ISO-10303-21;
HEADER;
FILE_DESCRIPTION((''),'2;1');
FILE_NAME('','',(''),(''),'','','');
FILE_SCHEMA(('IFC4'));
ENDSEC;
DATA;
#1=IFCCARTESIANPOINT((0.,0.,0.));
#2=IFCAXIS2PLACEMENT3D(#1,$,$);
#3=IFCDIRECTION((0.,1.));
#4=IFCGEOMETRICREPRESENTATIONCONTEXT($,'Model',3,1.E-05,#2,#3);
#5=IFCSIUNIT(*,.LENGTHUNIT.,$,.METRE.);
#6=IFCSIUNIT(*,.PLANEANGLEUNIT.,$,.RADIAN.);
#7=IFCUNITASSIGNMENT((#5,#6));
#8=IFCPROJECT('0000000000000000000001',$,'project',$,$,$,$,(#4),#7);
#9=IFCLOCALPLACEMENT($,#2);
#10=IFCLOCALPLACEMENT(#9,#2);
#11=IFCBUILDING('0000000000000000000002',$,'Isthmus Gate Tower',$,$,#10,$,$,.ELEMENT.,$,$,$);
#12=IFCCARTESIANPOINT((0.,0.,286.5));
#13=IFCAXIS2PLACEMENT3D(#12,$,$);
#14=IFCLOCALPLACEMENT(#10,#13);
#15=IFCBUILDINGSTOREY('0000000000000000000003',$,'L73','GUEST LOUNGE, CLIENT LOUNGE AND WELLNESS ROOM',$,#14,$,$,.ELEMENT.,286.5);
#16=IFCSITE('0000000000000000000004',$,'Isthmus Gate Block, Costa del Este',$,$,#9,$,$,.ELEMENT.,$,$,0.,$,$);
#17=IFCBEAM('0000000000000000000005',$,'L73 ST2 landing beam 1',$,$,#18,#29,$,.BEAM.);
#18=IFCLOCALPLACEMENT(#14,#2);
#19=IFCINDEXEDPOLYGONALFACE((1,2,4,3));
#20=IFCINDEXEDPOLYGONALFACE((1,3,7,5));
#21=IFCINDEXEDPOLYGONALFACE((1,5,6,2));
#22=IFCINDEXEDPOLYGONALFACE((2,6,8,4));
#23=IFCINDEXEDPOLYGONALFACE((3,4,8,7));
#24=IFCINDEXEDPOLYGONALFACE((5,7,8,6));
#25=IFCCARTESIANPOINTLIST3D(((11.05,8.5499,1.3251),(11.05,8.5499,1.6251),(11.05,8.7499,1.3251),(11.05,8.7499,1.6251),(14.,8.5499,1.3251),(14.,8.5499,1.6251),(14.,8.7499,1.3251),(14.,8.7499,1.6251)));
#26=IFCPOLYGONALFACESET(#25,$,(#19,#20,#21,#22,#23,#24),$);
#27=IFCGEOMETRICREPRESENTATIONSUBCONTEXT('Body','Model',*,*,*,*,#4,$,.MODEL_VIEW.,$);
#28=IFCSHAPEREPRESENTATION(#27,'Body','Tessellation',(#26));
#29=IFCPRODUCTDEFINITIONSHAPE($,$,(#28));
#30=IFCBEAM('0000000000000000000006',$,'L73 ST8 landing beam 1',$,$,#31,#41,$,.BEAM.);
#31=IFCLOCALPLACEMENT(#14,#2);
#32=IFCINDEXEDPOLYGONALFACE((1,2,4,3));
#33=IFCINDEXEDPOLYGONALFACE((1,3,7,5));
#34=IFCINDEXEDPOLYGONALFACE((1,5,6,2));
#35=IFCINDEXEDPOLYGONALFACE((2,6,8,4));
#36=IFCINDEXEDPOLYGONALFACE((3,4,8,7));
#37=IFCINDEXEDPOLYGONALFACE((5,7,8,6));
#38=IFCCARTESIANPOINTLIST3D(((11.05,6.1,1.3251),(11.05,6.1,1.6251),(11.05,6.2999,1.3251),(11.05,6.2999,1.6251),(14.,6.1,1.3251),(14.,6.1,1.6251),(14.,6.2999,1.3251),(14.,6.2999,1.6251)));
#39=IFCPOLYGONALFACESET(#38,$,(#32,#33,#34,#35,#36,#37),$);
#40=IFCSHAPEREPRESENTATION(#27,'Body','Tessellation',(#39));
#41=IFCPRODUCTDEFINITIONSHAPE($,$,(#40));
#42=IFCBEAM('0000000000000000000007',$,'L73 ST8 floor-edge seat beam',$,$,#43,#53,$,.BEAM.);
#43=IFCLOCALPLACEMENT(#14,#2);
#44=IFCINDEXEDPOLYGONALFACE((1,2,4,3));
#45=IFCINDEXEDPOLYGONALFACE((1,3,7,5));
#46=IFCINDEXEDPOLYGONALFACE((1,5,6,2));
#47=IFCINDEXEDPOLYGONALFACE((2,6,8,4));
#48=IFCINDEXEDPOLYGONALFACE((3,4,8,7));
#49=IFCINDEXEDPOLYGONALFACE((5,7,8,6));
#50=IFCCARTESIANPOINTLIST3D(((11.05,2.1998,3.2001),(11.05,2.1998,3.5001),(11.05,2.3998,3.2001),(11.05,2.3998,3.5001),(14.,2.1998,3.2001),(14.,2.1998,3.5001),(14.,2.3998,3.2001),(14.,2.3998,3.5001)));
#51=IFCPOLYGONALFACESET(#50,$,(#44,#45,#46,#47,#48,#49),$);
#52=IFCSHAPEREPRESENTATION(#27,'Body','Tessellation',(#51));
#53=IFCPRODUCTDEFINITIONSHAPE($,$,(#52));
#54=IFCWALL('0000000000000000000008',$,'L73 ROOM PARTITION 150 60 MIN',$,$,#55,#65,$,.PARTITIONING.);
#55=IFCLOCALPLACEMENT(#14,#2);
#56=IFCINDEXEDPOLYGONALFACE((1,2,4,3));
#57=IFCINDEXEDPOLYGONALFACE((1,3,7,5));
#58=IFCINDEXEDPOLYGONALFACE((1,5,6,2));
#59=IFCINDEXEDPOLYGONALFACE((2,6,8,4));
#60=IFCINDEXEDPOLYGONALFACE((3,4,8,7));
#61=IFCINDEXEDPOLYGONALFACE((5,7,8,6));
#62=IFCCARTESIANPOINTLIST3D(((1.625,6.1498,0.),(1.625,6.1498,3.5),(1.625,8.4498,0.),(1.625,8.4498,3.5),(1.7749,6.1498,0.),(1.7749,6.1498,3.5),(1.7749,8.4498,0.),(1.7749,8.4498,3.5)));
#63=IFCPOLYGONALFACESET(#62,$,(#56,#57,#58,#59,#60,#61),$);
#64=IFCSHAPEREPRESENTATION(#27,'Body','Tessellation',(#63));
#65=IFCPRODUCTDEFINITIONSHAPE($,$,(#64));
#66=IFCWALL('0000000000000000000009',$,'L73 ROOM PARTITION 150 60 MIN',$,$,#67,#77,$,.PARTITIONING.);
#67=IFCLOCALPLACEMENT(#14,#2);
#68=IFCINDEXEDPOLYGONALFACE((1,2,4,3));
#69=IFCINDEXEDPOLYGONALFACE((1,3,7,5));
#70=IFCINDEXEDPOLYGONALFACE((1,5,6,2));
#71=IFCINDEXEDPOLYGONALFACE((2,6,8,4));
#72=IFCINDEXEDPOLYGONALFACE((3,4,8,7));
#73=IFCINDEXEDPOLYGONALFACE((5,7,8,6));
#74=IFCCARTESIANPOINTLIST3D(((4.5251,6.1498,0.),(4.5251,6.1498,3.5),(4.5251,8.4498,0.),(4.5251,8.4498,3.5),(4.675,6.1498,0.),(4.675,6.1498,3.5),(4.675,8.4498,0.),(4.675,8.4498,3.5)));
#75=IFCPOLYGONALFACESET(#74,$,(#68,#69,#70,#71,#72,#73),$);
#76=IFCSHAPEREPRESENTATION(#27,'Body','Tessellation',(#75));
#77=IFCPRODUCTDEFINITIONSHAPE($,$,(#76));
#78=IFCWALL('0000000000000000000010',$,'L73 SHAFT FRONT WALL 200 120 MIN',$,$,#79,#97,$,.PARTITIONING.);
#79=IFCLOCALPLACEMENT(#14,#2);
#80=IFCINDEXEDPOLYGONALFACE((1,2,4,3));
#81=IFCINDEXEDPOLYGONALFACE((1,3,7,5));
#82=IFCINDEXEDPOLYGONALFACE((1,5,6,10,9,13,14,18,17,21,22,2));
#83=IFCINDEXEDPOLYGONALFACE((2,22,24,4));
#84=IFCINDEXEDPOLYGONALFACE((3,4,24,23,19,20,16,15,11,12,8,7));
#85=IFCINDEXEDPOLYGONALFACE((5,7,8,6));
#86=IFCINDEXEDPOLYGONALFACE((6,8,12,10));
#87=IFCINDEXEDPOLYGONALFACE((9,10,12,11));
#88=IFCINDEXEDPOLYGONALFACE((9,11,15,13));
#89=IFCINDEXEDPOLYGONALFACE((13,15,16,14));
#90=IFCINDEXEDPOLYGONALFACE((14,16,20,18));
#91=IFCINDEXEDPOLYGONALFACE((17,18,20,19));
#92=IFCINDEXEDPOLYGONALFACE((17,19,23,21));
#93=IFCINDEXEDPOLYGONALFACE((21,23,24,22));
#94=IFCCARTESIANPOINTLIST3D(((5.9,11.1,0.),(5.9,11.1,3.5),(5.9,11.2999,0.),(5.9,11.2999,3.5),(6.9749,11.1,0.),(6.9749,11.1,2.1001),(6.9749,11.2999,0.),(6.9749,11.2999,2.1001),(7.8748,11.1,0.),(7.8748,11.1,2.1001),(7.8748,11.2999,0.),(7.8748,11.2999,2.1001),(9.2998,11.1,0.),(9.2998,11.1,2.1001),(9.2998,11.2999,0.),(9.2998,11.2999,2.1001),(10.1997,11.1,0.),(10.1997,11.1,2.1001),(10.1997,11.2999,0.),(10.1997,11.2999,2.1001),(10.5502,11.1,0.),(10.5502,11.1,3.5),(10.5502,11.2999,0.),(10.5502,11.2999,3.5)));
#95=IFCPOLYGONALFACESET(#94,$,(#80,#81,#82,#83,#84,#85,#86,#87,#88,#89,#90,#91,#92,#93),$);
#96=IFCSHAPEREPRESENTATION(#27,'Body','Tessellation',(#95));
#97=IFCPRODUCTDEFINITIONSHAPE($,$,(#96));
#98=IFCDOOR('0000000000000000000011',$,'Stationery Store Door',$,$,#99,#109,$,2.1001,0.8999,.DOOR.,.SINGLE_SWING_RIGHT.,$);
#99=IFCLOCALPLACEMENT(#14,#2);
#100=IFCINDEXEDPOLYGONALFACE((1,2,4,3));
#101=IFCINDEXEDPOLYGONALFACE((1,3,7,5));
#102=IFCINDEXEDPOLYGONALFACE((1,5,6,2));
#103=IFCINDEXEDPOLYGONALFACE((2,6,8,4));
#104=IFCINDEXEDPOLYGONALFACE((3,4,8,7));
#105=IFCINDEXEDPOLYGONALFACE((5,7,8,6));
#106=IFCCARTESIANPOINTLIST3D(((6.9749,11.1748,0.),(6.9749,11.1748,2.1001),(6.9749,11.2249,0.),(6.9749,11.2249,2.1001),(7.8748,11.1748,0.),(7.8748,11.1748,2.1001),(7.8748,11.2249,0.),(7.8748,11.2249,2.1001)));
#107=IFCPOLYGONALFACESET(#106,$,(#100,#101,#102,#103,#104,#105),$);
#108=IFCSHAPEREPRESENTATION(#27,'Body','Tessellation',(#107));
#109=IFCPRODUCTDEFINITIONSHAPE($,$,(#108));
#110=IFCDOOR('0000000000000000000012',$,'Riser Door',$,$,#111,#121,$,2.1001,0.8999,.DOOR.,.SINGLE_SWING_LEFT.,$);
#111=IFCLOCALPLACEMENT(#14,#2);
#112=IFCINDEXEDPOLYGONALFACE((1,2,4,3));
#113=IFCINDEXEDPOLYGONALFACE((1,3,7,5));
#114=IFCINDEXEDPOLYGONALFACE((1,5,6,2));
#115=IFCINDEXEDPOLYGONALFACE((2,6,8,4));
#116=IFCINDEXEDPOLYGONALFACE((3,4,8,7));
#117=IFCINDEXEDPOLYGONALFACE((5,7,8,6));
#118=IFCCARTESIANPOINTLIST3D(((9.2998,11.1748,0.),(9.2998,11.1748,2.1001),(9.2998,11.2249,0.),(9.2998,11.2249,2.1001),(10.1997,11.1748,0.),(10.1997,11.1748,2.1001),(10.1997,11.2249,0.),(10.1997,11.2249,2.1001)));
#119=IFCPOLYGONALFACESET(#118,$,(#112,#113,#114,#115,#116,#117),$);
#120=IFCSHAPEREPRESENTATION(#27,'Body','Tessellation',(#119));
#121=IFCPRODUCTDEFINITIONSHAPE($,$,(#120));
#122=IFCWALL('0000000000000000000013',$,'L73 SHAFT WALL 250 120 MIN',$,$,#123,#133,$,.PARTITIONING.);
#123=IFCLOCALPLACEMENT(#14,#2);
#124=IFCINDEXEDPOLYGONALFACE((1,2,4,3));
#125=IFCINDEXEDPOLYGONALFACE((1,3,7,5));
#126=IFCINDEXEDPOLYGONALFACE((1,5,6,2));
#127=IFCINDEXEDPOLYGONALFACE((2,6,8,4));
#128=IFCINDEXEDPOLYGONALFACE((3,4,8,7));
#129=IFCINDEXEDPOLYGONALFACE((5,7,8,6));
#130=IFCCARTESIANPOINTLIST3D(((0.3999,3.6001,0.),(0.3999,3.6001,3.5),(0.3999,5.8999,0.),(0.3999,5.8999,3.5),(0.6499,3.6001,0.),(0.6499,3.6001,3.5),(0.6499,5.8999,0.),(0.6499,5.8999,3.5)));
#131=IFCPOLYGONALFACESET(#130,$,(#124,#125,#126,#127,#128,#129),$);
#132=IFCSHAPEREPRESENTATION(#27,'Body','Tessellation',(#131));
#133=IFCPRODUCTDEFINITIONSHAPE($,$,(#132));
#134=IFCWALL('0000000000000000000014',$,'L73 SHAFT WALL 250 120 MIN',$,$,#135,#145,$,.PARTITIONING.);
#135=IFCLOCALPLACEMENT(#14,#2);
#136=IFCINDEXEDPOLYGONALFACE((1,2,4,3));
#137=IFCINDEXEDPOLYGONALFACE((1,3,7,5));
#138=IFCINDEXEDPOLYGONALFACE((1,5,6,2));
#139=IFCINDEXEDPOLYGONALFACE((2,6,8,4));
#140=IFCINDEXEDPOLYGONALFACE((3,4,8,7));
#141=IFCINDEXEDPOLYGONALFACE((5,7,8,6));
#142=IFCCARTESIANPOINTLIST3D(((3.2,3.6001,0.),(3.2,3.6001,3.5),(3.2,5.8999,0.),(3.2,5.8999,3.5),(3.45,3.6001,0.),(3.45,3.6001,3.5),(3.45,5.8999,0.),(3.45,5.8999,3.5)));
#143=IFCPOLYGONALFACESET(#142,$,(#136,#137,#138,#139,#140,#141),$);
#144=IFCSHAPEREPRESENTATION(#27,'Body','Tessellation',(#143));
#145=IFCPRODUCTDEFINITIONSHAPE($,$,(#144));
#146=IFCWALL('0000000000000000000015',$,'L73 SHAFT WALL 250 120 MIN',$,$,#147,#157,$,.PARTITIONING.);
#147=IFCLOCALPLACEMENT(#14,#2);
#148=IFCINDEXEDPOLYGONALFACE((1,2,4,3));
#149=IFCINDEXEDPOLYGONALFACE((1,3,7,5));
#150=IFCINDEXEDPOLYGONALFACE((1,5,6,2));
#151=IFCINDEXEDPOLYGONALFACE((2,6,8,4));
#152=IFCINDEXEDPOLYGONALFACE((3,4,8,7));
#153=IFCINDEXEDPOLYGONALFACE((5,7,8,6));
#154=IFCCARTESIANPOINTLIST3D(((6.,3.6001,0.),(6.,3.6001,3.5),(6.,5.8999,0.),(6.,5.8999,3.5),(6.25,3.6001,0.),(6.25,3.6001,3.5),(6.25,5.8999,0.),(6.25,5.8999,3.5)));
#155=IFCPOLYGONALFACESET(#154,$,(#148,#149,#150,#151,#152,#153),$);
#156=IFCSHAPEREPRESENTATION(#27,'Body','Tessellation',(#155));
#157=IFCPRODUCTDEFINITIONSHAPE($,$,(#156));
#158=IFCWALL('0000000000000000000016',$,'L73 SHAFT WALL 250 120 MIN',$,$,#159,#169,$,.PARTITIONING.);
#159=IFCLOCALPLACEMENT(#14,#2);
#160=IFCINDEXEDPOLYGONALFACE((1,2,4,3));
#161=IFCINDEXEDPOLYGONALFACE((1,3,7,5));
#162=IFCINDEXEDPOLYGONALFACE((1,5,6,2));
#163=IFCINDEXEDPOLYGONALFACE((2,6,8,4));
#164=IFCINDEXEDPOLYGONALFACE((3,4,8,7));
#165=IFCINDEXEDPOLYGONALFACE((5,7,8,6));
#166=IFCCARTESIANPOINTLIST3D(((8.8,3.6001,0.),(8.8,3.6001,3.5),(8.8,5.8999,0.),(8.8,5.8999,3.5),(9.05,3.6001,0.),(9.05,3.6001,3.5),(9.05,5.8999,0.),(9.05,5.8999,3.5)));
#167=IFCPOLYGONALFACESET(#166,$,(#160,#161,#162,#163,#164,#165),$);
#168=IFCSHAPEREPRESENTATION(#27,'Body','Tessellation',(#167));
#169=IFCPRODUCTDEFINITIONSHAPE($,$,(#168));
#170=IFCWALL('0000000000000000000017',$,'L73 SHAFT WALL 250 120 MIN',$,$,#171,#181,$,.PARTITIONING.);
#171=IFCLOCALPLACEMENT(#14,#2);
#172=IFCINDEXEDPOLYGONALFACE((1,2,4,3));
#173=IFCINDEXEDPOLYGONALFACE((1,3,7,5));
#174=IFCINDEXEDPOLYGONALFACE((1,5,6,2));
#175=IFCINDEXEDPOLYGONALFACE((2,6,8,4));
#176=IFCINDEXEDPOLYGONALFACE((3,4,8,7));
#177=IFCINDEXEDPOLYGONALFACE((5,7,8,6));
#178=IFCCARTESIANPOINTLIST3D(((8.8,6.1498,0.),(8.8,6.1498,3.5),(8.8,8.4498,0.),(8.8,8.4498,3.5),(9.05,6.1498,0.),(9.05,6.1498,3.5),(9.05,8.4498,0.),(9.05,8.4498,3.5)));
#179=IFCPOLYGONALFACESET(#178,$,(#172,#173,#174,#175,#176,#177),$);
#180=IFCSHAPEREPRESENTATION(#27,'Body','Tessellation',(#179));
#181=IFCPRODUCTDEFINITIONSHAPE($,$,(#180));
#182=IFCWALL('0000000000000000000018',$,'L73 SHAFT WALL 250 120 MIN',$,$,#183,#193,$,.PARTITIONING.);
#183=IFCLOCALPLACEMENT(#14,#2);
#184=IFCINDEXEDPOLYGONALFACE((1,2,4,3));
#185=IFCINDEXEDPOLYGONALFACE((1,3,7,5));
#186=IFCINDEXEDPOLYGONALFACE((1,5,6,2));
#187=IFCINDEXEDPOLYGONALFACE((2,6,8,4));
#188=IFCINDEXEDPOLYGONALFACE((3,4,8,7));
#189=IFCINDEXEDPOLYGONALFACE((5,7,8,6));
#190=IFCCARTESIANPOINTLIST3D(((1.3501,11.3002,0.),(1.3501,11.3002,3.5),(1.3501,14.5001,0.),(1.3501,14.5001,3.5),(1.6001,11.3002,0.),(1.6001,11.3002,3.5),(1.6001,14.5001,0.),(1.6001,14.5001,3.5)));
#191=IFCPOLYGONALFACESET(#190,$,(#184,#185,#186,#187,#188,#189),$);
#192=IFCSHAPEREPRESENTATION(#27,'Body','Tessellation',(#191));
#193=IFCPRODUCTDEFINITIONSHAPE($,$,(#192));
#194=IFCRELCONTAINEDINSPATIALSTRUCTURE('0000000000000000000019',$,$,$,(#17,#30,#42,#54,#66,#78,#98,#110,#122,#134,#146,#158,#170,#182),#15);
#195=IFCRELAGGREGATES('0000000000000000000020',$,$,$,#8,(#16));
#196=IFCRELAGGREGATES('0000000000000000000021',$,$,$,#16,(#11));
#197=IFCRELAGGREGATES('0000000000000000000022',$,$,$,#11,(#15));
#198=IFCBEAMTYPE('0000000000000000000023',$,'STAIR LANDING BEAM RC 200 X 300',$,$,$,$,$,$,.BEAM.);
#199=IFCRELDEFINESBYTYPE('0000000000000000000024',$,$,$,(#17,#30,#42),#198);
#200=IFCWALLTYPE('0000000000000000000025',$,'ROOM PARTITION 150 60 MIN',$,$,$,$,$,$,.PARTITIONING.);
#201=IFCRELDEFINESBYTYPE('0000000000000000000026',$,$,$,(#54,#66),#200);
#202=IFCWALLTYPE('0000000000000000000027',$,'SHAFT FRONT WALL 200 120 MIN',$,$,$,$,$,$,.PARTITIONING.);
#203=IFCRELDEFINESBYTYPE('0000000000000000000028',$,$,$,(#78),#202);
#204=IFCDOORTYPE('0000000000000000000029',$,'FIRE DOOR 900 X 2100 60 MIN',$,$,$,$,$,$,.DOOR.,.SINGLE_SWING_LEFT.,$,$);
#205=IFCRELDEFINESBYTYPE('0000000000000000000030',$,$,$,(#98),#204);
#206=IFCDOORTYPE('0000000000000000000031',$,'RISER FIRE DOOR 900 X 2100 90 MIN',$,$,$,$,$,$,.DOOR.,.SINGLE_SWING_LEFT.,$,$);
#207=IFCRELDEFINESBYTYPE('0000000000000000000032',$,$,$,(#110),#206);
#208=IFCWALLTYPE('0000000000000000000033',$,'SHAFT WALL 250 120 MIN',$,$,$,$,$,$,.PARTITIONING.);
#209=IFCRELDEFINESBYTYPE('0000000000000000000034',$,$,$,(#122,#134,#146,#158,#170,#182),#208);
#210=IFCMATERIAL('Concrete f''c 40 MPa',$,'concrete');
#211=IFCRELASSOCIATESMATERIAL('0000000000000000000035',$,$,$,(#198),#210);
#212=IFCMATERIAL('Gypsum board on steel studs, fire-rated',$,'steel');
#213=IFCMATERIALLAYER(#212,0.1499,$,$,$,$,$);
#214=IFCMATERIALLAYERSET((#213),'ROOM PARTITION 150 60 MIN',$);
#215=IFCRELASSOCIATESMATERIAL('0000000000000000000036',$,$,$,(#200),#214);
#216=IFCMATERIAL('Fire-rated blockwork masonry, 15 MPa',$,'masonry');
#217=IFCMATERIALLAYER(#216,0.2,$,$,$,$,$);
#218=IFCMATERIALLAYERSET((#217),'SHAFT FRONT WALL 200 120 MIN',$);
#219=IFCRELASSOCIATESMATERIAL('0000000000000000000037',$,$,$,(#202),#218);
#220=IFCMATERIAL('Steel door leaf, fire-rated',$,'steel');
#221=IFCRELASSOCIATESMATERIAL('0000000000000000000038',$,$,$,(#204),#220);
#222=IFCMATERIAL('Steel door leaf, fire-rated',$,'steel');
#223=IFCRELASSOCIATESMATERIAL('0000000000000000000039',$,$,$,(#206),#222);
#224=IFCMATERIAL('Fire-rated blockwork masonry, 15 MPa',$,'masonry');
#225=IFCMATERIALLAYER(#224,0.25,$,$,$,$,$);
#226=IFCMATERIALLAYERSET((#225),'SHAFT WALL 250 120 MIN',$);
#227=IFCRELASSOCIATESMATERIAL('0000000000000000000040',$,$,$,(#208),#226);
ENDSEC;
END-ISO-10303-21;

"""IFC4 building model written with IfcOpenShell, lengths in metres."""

from ifc_helpers import new_model, si_unit, direction, frame, frame_2d, origin, origin_2d, place, context, subcontext, project, spatial, rectangle, extrude, material, layer, layer_set, material_profile, profile_set, type_object, element, fill, save


model = new_model("IFC4")

# Units and contexts
model_context = context("Model", 3, precision=1e-05, world=origin(), true_north=direction((0.0, 1.0)))
body_context = subcontext(model_context, "Body", "Model", "MODEL_VIEW")
ifc_project = project(units=[si_unit("LENGTHUNIT", "METRE"), si_unit("PLANEANGLEUNIT", "RADIAN")], contexts=[model_context])

# Site, building, storey
site_placement = place(None, origin())
site = spatial("IfcSite", under=ifc_project, at=site_placement, Name="Isthmus Gate Block, Costa del Este", CompositionType="ELEMENT", RefElevation=0.0)
building_placement = place(site_placement, origin())
building = spatial("IfcBuilding", under=site, at=building_placement, Name="Isthmus Gate Tower", CompositionType="ELEMENT")
storey_placement = place(building_placement, frame((0.0, 0.0, 286.5)))
storey = spatial("IfcBuildingStorey", under=building, at=storey_placement, Name="L73", Description="GUEST LOUNGE, CLIENT LOUNGE AND WELLNESS ROOM", CompositionType="ELEMENT", Elevation=286.5)

# Beams
ifc_material_1 = material(Name="Concrete f'c 40 MPa", Category="concrete")
ifc_material_profile = material_profile(ifc_material_1, rectangle(XDim=0.2, YDim=0.3, at=origin_2d()), Name="STAIR LANDING BEAM RC 200 X 300")
ifc_profile_set = profile_set([ifc_material_profile], Name="Concrete f'c 40 MPa")
beam_type = type_object("IfcBeamType", Name="STAIR LANDING BEAM RC 200 X 300", PredefinedType="BEAM", material=ifc_profile_set)
for number, where, z_axis, x_axis, name in (
    (1, (11.05, 8.6499, 1.4751), (1.0, 0.0, 0.0), (0.0, 1.0, 0.0), "L73 ST2 landing beam 1"),
    (2, (11.05, 6.2, 1.4751), (1.0, 0.0, 0.0), (0.0, 1.0, 0.0), "L73 ST8 landing beam 1"),
    (3, (11.05, 2.2998, 3.3501), (1.0, 0.0, 0.0), (0.0, 1.0, 0.0), "L73 ST8 floor-edge seat beam"),
):
    element("IfcBeam", number, at=place(storey_placement, frame(where, z_axis=z_axis, x_axis=x_axis)), inside=storey, type_object=beam_type, Name=name, PredefinedType="BEAM", context=body_context, shape_type="SweptSolid", body=[
        extrude(rectangle(XDim=0.2, YDim=0.3, at=origin_2d()), origin(), (0.0, 0.0, 1.0), 2.95),
    ])

# Walls
ifc_material_2 = material(Name="Gypsum board on steel studs, fire-rated", Category="steel")
ifc_layer_1 = layer(ifc_material_2, 0.1499)
ifc_layer_set_1 = layer_set([ifc_layer_1], Name="ROOM PARTITION 150 60 MIN")
wall_type_1 = type_object("IfcWallType", Name="ROOM PARTITION 150 60 MIN", PredefinedType="PARTITIONING", material=ifc_layer_set_1)
for number, where, z_axis, x_axis, name in (
    (4, (1.7, 6.1499, 0.0), (0.0, 0.0, 1.0), (0.0, 1.0, 0.0), "L73 ROOM PARTITION 150 60 MIN"),
    (5, (4.6001, 6.1499, 0.0), (0.0, 0.0, 1.0), (0.0, 1.0, 0.0), "L73 ROOM PARTITION 150 60 MIN"),
):
    element("IfcWall", number, at=place(storey_placement, frame(where, z_axis=z_axis, x_axis=x_axis)), inside=storey, type_object=wall_type_1, Name=name, PredefinedType="PARTITIONING", context=body_context, shape_type="SweptSolid", body=[
        extrude(rectangle(XDim=2.3, YDim=0.1499, at=frame_2d((1.1499, 0.0))), origin(), (0.0, 0.0, 1.0), 3.5),
    ])

# Wall, openings, doors
ifc_material_3 = material(Name="Fire-rated blockwork masonry, 15 MPa", Category="masonry")
ifc_layer_2 = layer(ifc_material_3, 0.2)
ifc_layer_set_2 = layer_set([ifc_layer_2], Name="SHAFT FRONT WALL 200 120 MIN")
wall_type_2 = type_object("IfcWallType", Name="SHAFT FRONT WALL 200 120 MIN", PredefinedType="PARTITIONING", material=ifc_layer_set_2)
wall_1_placement = place(storey_placement, frame((5.8999, 11.2, 0.0), z_axis=(0.0, 0.0, 1.0), x_axis=(1.0, 0.0, 0.0)))
wall_1 = element("IfcWall", 6, at=wall_1_placement, inside=storey, type_object=wall_type_2, Name="L73 SHAFT FRONT WALL 200 120 MIN", PredefinedType="PARTITIONING", context=body_context, shape_type="SweptSolid", body=[
    extrude(rectangle(XDim=4.6501, YDim=0.2, at=frame_2d((2.3252, 0.0))), origin(), (0.0, 0.0, 1.0), 3.5),
])
opening_1_placement = place(wall_1_placement, frame((1.075, 0.0, 0.0)))
opening_1 = element("IfcOpeningElement", 7, at=opening_1_placement, cuts=wall_1, PredefinedType="OPENING", context=body_context, shape_type="SweptSolid", body=[
    extrude(rectangle(XDim=0.8999, YDim=2.1001, at=frame_2d((0.45, 1.05))), frame((0.0, 0.1099, 0.0), z_axis=(0.0, -1.0, 0.0), x_axis=(1.0, 0.0, 0.0)), (0.0, 0.0, 1.0), 0.22),
])
opening_2_placement = place(wall_1_placement, frame((3.3999, 0.0, 0.0)))
opening_2 = element("IfcOpeningElement", 8, at=opening_2_placement, cuts=wall_1, PredefinedType="OPENING", context=body_context, shape_type="SweptSolid", body=[
    extrude(rectangle(XDim=0.8999, YDim=2.1001, at=frame_2d((0.45, 1.05))), frame((0.0, 0.1099, 0.0), z_axis=(0.0, -1.0, 0.0), x_axis=(1.0, 0.0, 0.0)), (0.0, 0.0, 1.0), 0.22),
])
ifc_material_4 = material(Name="Steel door leaf, fire-rated", Category="steel")
door_type_1 = type_object("IfcDoorType", Name="FIRE DOOR 900 X 2100 60 MIN", OperationType="SINGLE_SWING_LEFT", PredefinedType="DOOR", material=ifc_material_4)
door_1_placement = place(opening_1_placement, origin())
door_1 = element("IfcDoor", 9, at=door_1_placement, inside=storey, type_object=door_type_1, Name="Stationery Store Door", OperationType="SINGLE_SWING_RIGHT", OverallHeight=2.1001, OverallWidth=0.8999, PredefinedType="DOOR", context=body_context, shape_type="SweptSolid", body=[
    extrude(rectangle(XDim=0.8999, YDim=2.1001, at=frame_2d((0.45, 1.05))), frame((0.0, 0.0249, 0.0), z_axis=(0.0, -1.0, 0.0), x_axis=(1.0, 0.0, 0.0)), (0.0, 0.0, 1.0), 0.05),
])
fill(opening_1, door_1)
ifc_material_5 = material(Name="Steel door leaf, fire-rated", Category="steel")
door_type_2 = type_object("IfcDoorType", Name="RISER FIRE DOOR 900 X 2100 90 MIN", OperationType="SINGLE_SWING_LEFT", PredefinedType="DOOR", material=ifc_material_5)
door_2_placement = place(opening_2_placement, origin())
door_2 = element("IfcDoor", 10, at=door_2_placement, inside=storey, type_object=door_type_2, Name="Riser Door", OperationType="SINGLE_SWING_LEFT", OverallHeight=2.1001, OverallWidth=0.8999, PredefinedType="DOOR", context=body_context, shape_type="SweptSolid", body=[
    extrude(rectangle(XDim=0.8999, YDim=2.1001, at=frame_2d((0.45, 1.05))), frame((0.0, 0.0249, 0.0), z_axis=(0.0, -1.0, 0.0), x_axis=(1.0, 0.0, 0.0)), (0.0, 0.0, 1.0), 0.05),
])
fill(opening_2, door_2)

# Walls
ifc_material_6 = material(Name="Fire-rated blockwork masonry, 15 MPa", Category="masonry")
ifc_layer_3 = layer(ifc_material_6, 0.25)
ifc_layer_set_3 = layer_set([ifc_layer_3], Name="SHAFT WALL 250 120 MIN")
wall_type_3 = type_object("IfcWallType", Name="SHAFT WALL 250 120 MIN", PredefinedType="PARTITIONING", material=ifc_layer_set_3)
for number, where, z_axis, x_axis, name in (
    (11, (0.5249, 3.6001, 0.0), (0.0, 0.0, 1.0), (0.0, 1.0, 0.0), "L73 SHAFT WALL 250 120 MIN"),
    (12, (3.325, 3.6001, 0.0), (0.0, 0.0, 1.0), (0.0, 1.0, 0.0), "L73 SHAFT WALL 250 120 MIN"),
    (13, (6.125, 3.6001, 0.0), (0.0, 0.0, 1.0), (0.0, 1.0, 0.0), "L73 SHAFT WALL 250 120 MIN"),
    (14, (8.925, 3.6001, 0.0), (0.0, 0.0, 1.0), (0.0, 1.0, 0.0), "L73 SHAFT WALL 250 120 MIN"),
):
    element("IfcWall", number, at=place(storey_placement, frame(where, z_axis=z_axis, x_axis=x_axis)), inside=storey, type_object=wall_type_3, Name=name, PredefinedType="PARTITIONING", context=body_context, shape_type="SweptSolid", body=[
        extrude(rectangle(XDim=2.2998, YDim=0.25, at=frame_2d((1.1499, 0.0))), origin(), (0.0, 0.0, 1.0), 3.5),
    ])
wall_2_placement = place(storey_placement, frame((8.925, 6.1499, 0.0), z_axis=(0.0, 0.0, 1.0), x_axis=(0.0, 1.0, 0.0)))
element("IfcWall", 15, at=wall_2_placement, inside=storey, type_object=wall_type_3, Name="L73 SHAFT WALL 250 120 MIN", PredefinedType="PARTITIONING", context=body_context, shape_type="SweptSolid", body=[
    extrude(rectangle(XDim=2.3, YDim=0.25, at=frame_2d((1.1499, 0.0))), origin(), (0.0, 0.0, 1.0), 3.5),
])
for number, where, z_axis, x_axis, name in (
    (16, (1.4751, 11.3, 0.0), (0.0, 0.0, 1.0), (0.0, 1.0, 0.0), "L73 SHAFT WALL 250 120 MIN"),
):
    element("IfcWall", number, at=place(storey_placement, frame(where, z_axis=z_axis, x_axis=x_axis)), inside=storey, type_object=wall_type_3, Name=name, PredefinedType="PARTITIONING", context=body_context, shape_type="SweptSolid", body=[
        extrude(rectangle(XDim=3.2, YDim=0.25, at=frame_2d((1.6001, 0.0))), origin(), (0.0, 0.0, 1.0), 3.5),
    ])

save(model, "model.ifc")
